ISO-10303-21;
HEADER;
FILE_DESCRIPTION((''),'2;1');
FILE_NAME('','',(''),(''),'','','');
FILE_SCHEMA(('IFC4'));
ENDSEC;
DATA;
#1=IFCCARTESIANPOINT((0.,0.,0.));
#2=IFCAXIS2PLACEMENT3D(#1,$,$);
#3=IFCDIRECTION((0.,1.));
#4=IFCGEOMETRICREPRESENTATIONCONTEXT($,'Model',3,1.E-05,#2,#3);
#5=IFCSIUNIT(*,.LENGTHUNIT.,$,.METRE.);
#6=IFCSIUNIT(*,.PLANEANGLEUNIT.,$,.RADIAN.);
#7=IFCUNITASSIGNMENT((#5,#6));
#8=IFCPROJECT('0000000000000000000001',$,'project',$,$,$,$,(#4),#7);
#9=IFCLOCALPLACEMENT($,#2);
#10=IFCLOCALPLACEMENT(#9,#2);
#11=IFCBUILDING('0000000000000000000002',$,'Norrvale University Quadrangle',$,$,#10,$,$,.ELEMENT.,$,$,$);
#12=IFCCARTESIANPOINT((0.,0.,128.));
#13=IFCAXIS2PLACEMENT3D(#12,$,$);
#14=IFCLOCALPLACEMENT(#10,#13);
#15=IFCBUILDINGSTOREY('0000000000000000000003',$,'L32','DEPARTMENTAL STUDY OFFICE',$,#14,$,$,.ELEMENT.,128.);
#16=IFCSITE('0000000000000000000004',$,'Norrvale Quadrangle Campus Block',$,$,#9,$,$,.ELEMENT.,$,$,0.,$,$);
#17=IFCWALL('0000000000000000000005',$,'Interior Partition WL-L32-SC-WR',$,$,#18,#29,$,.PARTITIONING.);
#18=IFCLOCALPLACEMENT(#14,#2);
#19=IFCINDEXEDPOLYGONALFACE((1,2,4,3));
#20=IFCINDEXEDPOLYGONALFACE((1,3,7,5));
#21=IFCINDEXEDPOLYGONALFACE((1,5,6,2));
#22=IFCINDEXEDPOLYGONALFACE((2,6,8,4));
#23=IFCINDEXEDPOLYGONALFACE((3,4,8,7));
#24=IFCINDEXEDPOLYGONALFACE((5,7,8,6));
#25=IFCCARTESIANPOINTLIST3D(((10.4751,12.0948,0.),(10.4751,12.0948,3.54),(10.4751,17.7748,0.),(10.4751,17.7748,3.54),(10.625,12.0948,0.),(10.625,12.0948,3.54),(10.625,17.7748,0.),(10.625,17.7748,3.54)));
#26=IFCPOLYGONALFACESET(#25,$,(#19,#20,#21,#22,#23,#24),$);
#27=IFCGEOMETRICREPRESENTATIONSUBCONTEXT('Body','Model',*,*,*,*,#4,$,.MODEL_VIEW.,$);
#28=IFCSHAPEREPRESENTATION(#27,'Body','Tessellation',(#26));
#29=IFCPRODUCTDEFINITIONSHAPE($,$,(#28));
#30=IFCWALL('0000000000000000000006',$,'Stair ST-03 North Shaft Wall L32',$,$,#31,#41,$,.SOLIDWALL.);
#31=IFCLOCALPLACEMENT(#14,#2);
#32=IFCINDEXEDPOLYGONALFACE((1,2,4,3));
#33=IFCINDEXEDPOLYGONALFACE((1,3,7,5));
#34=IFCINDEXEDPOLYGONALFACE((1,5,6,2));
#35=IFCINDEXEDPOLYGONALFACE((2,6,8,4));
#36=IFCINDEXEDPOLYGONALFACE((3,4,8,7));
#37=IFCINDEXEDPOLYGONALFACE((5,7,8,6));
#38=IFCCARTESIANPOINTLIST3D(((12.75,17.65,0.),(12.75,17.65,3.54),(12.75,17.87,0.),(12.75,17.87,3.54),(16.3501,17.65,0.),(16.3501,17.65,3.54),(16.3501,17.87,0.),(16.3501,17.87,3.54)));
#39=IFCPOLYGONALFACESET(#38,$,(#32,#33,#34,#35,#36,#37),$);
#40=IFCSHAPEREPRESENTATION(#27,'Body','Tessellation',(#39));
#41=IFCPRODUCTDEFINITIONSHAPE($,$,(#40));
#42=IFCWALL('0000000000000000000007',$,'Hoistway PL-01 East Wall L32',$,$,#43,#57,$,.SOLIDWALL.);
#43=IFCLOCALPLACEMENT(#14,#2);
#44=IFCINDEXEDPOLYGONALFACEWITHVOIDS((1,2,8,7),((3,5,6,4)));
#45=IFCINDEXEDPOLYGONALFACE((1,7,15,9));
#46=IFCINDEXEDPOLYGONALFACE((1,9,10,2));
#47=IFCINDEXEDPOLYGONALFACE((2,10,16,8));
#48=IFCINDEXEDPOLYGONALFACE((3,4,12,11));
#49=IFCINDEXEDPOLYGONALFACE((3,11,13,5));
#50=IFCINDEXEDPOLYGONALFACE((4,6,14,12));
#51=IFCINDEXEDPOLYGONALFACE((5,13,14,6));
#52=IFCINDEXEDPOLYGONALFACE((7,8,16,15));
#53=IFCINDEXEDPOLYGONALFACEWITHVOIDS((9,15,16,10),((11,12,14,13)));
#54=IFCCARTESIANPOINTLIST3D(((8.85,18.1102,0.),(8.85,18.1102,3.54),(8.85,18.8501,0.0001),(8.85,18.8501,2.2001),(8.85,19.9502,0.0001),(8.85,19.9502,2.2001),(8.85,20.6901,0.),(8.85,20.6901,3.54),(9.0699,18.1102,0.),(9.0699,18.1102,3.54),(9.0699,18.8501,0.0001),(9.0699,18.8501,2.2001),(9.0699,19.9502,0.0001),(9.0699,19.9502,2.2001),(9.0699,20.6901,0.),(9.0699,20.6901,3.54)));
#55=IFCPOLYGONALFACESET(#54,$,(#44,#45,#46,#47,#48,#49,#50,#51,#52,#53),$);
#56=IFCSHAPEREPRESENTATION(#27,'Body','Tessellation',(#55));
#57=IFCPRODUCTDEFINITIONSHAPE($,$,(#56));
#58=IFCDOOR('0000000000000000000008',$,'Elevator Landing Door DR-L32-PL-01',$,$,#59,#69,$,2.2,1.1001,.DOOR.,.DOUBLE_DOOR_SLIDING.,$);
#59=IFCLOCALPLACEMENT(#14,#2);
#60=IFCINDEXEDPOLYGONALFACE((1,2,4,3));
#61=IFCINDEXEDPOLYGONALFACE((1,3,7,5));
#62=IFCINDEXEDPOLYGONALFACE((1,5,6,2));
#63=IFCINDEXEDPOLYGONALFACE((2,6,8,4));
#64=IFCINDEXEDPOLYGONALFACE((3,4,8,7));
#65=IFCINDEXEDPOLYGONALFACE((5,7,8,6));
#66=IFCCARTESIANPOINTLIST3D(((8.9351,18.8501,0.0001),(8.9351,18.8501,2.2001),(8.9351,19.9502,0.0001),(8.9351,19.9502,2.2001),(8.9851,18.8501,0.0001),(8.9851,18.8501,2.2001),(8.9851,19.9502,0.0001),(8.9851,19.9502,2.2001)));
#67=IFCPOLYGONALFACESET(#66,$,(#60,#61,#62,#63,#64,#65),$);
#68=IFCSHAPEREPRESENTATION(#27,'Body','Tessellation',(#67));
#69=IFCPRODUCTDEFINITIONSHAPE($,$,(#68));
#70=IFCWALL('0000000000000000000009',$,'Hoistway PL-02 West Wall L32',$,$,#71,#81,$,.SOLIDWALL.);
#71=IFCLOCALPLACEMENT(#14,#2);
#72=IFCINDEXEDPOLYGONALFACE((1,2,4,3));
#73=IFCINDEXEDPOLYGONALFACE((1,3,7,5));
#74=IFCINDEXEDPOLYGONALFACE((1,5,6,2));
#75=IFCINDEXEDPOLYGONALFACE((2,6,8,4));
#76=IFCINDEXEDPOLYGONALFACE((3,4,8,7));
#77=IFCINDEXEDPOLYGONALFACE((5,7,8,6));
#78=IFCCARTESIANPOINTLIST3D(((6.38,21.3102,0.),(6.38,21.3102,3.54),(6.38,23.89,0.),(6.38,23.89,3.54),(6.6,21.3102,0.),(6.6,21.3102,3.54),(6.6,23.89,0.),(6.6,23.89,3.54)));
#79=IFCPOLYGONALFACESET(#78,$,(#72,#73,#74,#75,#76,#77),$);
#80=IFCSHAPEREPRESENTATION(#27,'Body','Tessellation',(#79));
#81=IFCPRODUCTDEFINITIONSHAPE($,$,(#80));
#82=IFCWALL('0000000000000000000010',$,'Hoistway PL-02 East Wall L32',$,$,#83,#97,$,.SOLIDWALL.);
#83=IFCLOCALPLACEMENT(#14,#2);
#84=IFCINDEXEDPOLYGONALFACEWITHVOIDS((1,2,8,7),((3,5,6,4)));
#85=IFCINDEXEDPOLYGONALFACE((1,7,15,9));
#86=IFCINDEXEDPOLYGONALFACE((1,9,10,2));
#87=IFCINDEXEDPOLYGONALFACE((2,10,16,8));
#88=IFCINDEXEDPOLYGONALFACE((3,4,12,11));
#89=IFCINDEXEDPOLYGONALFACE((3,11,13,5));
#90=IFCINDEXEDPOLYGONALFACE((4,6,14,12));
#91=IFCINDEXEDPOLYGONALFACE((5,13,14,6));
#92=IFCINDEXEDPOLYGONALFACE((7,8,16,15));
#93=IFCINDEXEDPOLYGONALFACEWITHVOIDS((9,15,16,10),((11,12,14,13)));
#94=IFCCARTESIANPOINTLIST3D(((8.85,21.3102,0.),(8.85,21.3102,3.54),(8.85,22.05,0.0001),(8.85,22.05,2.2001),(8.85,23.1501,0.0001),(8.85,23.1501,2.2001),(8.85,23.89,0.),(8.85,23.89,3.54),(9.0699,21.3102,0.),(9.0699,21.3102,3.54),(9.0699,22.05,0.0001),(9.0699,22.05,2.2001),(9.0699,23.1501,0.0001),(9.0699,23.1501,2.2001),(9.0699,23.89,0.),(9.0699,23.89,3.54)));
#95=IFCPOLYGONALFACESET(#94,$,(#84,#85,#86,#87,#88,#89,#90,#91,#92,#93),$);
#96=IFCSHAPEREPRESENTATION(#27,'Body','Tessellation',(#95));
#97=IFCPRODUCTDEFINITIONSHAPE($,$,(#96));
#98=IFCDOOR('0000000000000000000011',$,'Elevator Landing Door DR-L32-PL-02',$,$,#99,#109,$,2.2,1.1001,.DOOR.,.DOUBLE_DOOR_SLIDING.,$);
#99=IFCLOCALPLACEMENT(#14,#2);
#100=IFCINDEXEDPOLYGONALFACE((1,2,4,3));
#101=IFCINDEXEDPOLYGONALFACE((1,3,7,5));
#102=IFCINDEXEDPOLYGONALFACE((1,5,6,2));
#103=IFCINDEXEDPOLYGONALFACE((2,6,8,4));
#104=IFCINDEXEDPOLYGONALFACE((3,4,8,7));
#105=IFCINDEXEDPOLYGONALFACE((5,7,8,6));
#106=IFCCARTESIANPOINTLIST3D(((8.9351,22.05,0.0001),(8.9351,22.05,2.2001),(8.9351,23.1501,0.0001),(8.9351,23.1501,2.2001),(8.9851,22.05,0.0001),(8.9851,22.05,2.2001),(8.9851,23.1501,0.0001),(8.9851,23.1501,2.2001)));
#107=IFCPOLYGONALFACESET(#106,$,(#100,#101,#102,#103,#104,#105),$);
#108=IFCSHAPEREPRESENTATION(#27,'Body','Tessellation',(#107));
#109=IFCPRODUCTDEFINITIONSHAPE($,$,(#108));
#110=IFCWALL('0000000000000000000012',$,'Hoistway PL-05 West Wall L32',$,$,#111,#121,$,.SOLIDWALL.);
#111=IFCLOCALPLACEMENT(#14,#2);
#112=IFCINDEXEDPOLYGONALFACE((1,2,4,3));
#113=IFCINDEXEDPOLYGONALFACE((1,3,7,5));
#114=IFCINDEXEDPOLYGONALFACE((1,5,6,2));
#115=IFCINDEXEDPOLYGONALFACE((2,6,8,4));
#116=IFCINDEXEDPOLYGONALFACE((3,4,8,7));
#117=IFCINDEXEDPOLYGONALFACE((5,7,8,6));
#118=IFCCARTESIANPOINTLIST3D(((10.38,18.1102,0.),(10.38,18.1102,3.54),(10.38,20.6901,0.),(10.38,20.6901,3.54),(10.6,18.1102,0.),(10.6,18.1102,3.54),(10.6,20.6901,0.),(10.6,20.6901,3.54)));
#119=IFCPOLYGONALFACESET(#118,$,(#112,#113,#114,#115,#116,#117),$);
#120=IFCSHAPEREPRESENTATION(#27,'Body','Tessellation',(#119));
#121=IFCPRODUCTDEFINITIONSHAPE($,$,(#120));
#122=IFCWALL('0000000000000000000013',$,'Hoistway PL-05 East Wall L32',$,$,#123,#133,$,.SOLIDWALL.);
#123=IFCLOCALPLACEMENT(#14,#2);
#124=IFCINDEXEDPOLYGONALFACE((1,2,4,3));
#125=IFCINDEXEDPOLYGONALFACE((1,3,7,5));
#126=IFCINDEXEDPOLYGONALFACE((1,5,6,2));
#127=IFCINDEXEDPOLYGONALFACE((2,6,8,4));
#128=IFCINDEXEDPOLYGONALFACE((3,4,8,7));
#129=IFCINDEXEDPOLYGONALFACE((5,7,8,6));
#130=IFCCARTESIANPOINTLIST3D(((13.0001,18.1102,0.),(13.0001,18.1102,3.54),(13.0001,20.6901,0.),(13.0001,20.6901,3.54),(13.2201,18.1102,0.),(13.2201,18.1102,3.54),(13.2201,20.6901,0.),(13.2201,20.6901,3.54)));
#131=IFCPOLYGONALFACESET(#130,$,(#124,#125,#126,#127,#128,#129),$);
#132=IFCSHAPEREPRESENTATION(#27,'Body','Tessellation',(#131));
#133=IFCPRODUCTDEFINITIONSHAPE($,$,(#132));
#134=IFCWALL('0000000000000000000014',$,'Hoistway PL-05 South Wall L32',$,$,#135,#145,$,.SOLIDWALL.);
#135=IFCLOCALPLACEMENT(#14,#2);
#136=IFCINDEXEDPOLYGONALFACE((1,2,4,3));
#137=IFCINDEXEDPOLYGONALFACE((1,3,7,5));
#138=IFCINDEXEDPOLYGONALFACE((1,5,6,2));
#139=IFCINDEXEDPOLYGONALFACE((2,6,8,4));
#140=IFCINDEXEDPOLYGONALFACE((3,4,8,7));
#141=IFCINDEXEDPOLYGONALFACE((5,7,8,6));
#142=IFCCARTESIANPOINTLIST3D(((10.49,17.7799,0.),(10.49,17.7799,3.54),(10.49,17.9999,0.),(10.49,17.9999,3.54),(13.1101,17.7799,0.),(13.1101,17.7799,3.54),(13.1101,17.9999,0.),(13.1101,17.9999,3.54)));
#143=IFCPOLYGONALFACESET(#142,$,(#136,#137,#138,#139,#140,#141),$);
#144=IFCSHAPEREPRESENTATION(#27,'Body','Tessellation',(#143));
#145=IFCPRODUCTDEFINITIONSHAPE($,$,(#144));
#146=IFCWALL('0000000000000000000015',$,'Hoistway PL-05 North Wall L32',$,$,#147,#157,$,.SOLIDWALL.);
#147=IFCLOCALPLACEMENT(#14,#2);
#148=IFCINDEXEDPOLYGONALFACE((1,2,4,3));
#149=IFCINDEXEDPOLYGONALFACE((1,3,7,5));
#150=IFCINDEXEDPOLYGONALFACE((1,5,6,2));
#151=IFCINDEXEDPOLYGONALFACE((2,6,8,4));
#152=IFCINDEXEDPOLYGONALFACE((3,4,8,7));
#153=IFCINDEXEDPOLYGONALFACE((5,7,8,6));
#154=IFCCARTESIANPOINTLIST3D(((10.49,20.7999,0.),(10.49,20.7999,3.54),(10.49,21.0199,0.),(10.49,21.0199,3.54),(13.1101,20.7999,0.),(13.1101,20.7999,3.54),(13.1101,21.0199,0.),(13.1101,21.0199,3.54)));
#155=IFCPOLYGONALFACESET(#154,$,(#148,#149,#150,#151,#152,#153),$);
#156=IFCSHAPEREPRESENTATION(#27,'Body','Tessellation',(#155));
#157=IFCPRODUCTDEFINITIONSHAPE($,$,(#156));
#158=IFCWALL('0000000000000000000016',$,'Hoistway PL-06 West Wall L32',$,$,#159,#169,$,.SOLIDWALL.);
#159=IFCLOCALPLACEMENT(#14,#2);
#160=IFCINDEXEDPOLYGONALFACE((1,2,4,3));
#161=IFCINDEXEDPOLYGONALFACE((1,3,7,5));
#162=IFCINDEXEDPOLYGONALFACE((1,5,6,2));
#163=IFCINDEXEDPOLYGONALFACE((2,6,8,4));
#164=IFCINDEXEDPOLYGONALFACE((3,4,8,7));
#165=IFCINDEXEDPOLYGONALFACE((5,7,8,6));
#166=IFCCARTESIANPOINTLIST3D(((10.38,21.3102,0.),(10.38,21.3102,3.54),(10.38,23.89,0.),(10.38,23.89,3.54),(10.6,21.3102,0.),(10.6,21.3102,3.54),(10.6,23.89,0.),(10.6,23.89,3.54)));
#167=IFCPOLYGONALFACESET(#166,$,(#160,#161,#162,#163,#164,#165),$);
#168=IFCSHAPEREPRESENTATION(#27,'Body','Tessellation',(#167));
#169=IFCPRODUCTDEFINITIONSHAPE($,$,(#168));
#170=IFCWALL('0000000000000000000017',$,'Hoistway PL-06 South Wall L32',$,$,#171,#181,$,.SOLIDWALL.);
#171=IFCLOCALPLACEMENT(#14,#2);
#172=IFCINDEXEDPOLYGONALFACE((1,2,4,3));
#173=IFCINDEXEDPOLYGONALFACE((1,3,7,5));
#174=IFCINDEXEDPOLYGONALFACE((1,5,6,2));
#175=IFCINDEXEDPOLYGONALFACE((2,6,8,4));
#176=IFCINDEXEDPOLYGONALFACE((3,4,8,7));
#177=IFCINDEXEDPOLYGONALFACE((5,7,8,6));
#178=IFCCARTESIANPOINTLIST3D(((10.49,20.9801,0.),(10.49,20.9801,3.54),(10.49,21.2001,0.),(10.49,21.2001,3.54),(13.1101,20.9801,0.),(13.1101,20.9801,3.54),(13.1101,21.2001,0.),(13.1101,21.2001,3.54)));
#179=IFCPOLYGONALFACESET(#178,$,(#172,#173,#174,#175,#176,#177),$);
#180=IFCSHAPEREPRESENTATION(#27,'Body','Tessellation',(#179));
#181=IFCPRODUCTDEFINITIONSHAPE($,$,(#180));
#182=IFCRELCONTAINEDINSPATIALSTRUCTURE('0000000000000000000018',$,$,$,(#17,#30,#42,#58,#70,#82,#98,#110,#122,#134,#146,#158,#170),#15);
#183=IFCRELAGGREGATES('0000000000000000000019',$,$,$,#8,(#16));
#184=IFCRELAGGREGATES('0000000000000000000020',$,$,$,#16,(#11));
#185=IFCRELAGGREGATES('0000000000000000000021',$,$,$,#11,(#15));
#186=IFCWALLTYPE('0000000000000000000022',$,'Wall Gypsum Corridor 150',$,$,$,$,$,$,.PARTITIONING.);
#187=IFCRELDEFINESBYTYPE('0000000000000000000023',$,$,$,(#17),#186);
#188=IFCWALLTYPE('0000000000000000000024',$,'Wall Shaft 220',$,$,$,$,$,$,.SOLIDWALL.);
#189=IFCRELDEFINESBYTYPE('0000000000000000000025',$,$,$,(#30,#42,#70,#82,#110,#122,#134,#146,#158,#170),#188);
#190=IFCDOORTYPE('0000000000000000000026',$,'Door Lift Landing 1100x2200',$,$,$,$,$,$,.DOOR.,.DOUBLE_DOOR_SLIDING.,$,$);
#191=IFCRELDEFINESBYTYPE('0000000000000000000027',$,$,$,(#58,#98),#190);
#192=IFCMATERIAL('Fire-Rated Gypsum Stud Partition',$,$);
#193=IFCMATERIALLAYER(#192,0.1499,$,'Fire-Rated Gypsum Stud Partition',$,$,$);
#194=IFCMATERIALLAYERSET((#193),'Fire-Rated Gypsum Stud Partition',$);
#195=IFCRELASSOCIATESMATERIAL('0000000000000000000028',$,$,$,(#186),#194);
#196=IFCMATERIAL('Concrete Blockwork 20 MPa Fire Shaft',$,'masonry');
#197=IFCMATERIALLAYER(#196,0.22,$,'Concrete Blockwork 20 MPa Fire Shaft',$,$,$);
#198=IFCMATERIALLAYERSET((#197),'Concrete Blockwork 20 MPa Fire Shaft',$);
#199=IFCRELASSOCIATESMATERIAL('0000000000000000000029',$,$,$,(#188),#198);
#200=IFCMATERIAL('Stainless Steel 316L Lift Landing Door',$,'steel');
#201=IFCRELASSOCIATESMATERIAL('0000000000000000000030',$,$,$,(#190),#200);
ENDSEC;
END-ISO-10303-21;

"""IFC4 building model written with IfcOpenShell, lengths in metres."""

from ifc_helpers import new_model, si_unit, direction, frame, frame_2d, origin, place, context, subcontext, project, spatial, rectangle, extrude, material, layer, layer_set, type_object, element, fill, save


model = new_model("IFC4")

# Units and contexts
model_context = context("Model", 3, precision=1e-05, world=origin(), true_north=direction((0.0, 1.0)))
body_context = subcontext(model_context, "Body", "Model", "MODEL_VIEW")
ifc_project = project(units=[si_unit("LENGTHUNIT", "METRE"), si_unit("PLANEANGLEUNIT", "RADIAN")], contexts=[model_context])

# Site, building, storey
site_placement = place(None, origin())
site = spatial("IfcSite", under=ifc_project, at=site_placement, Name="Norrvale Quadrangle Campus Block", CompositionType="ELEMENT", RefElevation=0.0)
building_placement = place(site_placement, origin())
building = spatial("IfcBuilding", under=site, at=building_placement, Name="Norrvale University Quadrangle", CompositionType="ELEMENT")
storey_placement = place(building_placement, frame((0.0, 0.0, 128.0)))
storey = spatial("IfcBuildingStorey", under=building, at=storey_placement, Name="L32", Description="DEPARTMENTAL STUDY OFFICE", CompositionType="ELEMENT", Elevation=128.0)

# Shared definitions
ifc_material_1 = material(Name="Fire-Rated Gypsum Stud Partition")
ifc_layer_1 = layer(ifc_material_1, 0.1499, Name="Fire-Rated Gypsum Stud Partition")
ifc_layer_set_1 = layer_set([ifc_layer_1], Name="Fire-Rated Gypsum Stud Partition")
wall_type_1 = type_object("IfcWallType", Name="Wall Gypsum Corridor 150", PredefinedType="PARTITIONING", material=ifc_layer_set_1)

# Walls
for number, where, z_axis, x_axis, name in (
    (1, (10.55, 12.095, 0.0), (0.0, 0.0, 1.0), (0.0, 1.0, 0.0), "Interior Partition WL-L32-SC-WR"),
):
    element("IfcWall", number, at=place(storey_placement, frame(where, z_axis=z_axis, x_axis=x_axis)), inside=storey, type_object=wall_type_1, Name=name, PredefinedType="PARTITIONING", context=body_context, shape_type="SweptSolid", body=[
        extrude(rectangle(XDim=5.6799, YDim=0.1499, at=frame_2d((2.8398, 0.0))), origin(), (0.0, 0.0, 1.0), 3.54),
    ])
ifc_material_2 = material(Name="Concrete Blockwork 20 MPa Fire Shaft", Category="masonry")
ifc_layer_2 = layer(ifc_material_2, 0.22, Name="Concrete Blockwork 20 MPa Fire Shaft")
ifc_layer_set_2 = layer_set([ifc_layer_2], Name="Concrete Blockwork 20 MPa Fire Shaft")
wall_type_2 = type_object("IfcWallType", Name="Wall Shaft 220", PredefinedType="SOLIDWALL", material=ifc_layer_set_2)
wall_1_placement = place(storey_placement, frame((12.75, 17.76, 0.0), z_axis=(0.0, 0.0, 1.0), x_axis=(1.0, 0.0, 0.0)))
element("IfcWall", 2, at=wall_1_placement, inside=storey, type_object=wall_type_2, Name="Stair ST-03 North Shaft Wall L32", PredefinedType="SOLIDWALL", context=body_context, shape_type="SweptSolid", body=[
    extrude(rectangle(XDim=3.6001, YDim=0.22, at=frame_2d((1.8, 0.0))), origin(), (0.0, 0.0, 1.0), 3.54),
])

# Wall, opening, door
wall_2_placement = place(storey_placement, frame((8.96, 18.1101, 0.0), z_axis=(0.0, 0.0, 1.0), x_axis=(0.0, 1.0, 0.0)))
wall_2 = element("IfcWall", 3, at=wall_2_placement, inside=storey, type_object=wall_type_2, Name="Hoistway PL-01 East Wall L32", PredefinedType="SOLIDWALL", context=body_context, shape_type="SweptSolid", body=[
    extrude(rectangle(XDim=2.5798, YDim=0.22, at=frame_2d((1.29, 0.0))), origin(), (0.0, 0.0, 1.0), 3.54),
])
opening_1_placement = place(wall_2_placement, frame((0.74, 0.0, 0.0)))
opening_1 = element("IfcOpeningElement", 4, at=opening_1_placement, cuts=wall_2, PredefinedType="OPENING", context=body_context, shape_type="SweptSolid", body=[
    extrude(rectangle(XDim=1.1001, YDim=2.2, at=frame_2d((0.55, 1.1001))), frame((0.0, 0.1221, 0.0), z_axis=(0.0, -1.0, 0.0), x_axis=(1.0, 0.0, 0.0)), (0.0, 0.0, 1.0), 0.2439),
])
ifc_material_3 = material(Name="Stainless Steel 316L Lift Landing Door", Category="steel")
door_type_1 = type_object("IfcDoorType", Name="Door Lift Landing 1100x2200", OperationType="DOUBLE_DOOR_SLIDING", PredefinedType="DOOR", material=ifc_material_3)
door_1_placement = place(opening_1_placement, origin())
door_1 = element("IfcDoor", 5, at=door_1_placement, inside=storey, type_object=door_type_1, Name="Elevator Landing Door DR-L32-PL-01", OperationType="DOUBLE_DOOR_SLIDING", OverallHeight=2.2, OverallWidth=1.1001, PredefinedType="DOOR", context=body_context, shape_type="SweptSolid", body=[
    extrude(rectangle(XDim=1.1001, YDim=2.2, at=frame_2d((0.55, 1.1001))), frame((0.0, 0.0249, 0.0), z_axis=(0.0, -1.0, 0.0), x_axis=(1.0, 0.0, 0.0)), (0.0, 0.0, 1.0), 0.05),
])
fill(opening_1, door_1)

# Wall
wall_3_placement = place(storey_placement, frame((6.49, 21.3101, 0.0), z_axis=(0.0, 0.0, 1.0), x_axis=(0.0, 1.0, 0.0)))
element("IfcWall", 6, at=wall_3_placement, inside=storey, type_object=wall_type_2, Name="Hoistway PL-02 West Wall L32", PredefinedType="SOLIDWALL", context=body_context, shape_type="SweptSolid", body=[
    extrude(rectangle(XDim=2.5798, YDim=0.22, at=frame_2d((1.29, 0.0))), origin(), (0.0, 0.0, 1.0), 3.54),
])

# Wall, opening, door
wall_4_placement = place(storey_placement, frame((8.96, 21.3101, 0.0), z_axis=(0.0, 0.0, 1.0), x_axis=(0.0, 1.0, 0.0)))
wall_4 = element("IfcWall", 7, at=wall_4_placement, inside=storey, type_object=wall_type_2, Name="Hoistway PL-02 East Wall L32", PredefinedType="SOLIDWALL", context=body_context, shape_type="SweptSolid", body=[
    extrude(rectangle(XDim=2.5798, YDim=0.22, at=frame_2d((1.29, 0.0))), origin(), (0.0, 0.0, 1.0), 3.54),
])
opening_2_placement = place(wall_4_placement, frame((0.74, 0.0, 0.0)))
opening_2 = element("IfcOpeningElement", 8, at=opening_2_placement, cuts=wall_4, PredefinedType="OPENING", context=body_context, shape_type="SweptSolid", body=[
    extrude(rectangle(XDim=1.1001, YDim=2.2, at=frame_2d((0.55, 1.1001))), frame((0.0, 0.1221, 0.0), z_axis=(0.0, -1.0, 0.0), x_axis=(1.0, 0.0, 0.0)), (0.0, 0.0, 1.0), 0.2439),
])
door_2_placement = place(opening_2_placement, origin())
door_2 = element("IfcDoor", 9, at=door_2_placement, inside=storey, type_object=door_type_1, Name="Elevator Landing Door DR-L32-PL-02", OperationType="DOUBLE_DOOR_SLIDING", OverallHeight=2.2, OverallWidth=1.1001, PredefinedType="DOOR", context=body_context, shape_type="SweptSolid", body=[
    extrude(rectangle(XDim=1.1001, YDim=2.2, at=frame_2d((0.55, 1.1001))), frame((0.0, 0.0249, 0.0), z_axis=(0.0, -1.0, 0.0), x_axis=(1.0, 0.0, 0.0)), (0.0, 0.0, 1.0), 0.05),
])
fill(opening_2, door_2)

# Walls
for number, where, z_axis, x_axis, name in (
    (10, (10.49, 18.1101, 0.0), (0.0, 0.0, 1.0), (0.0, 1.0, 0.0), "Hoistway PL-05 West Wall L32"),
    (11, (13.1101, 18.1101, 0.0), (0.0, 0.0, 1.0), (0.0, 1.0, 0.0), "Hoistway PL-05 East Wall L32"),
):
    element("IfcWall", number, at=place(storey_placement, frame(where, z_axis=z_axis, x_axis=x_axis)), inside=storey, type_object=wall_type_2, Name=name, PredefinedType="SOLIDWALL", context=body_context, shape_type="SweptSolid", body=[
        extrude(rectangle(XDim=2.5798, YDim=0.22, at=frame_2d((1.29, 0.0))), origin(), (0.0, 0.0, 1.0), 3.54),
    ])
for number, where, z_axis, x_axis, name in (
    (12, (10.49, 17.8899, 0.0), (0.0, 0.0, 1.0), (1.0, 0.0, 0.0), "Hoistway PL-05 South Wall L32"),
    (13, (10.49, 20.9099, 0.0), (0.0, 0.0, 1.0), (1.0, 0.0, 0.0), "Hoistway PL-05 North Wall L32"),
):
    element("IfcWall", number, at=place(storey_placement, frame(where, z_axis=z_axis, x_axis=x_axis)), inside=storey, type_object=wall_type_2, Name=name, PredefinedType="SOLIDWALL", context=body_context, shape_type="SweptSolid", body=[
        extrude(rectangle(XDim=2.6201, YDim=0.22, at=frame_2d((1.3101, 0.0))), origin(), (0.0, 0.0, 1.0), 3.54),
    ])
wall_5_placement = place(storey_placement, frame((10.49, 21.3101, 0.0), z_axis=(0.0, 0.0, 1.0), x_axis=(0.0, 1.0, 0.0)))
element("IfcWall", 14, at=wall_5_placement, inside=storey, type_object=wall_type_2, Name="Hoistway PL-06 West Wall L32", PredefinedType="SOLIDWALL", context=body_context, shape_type="SweptSolid", body=[
    extrude(rectangle(XDim=2.5798, YDim=0.22, at=frame_2d((1.29, 0.0))), origin(), (0.0, 0.0, 1.0), 3.54),
])
wall_6_placement = place(storey_placement, frame((10.49, 21.0901, 0.0), z_axis=(0.0, 0.0, 1.0), x_axis=(1.0, 0.0, 0.0)))
element("IfcWall", 15, at=wall_6_placement, inside=storey, type_object=wall_type_2, Name="Hoistway PL-06 South Wall L32", PredefinedType="SOLIDWALL", context=body_context, shape_type="SweptSolid", body=[
    extrude(rectangle(XDim=2.6201, YDim=0.22, at=frame_2d((1.3101, 0.0))), origin(), (0.0, 0.0, 1.0), 3.54),
])

save(model, "model.ifc")
